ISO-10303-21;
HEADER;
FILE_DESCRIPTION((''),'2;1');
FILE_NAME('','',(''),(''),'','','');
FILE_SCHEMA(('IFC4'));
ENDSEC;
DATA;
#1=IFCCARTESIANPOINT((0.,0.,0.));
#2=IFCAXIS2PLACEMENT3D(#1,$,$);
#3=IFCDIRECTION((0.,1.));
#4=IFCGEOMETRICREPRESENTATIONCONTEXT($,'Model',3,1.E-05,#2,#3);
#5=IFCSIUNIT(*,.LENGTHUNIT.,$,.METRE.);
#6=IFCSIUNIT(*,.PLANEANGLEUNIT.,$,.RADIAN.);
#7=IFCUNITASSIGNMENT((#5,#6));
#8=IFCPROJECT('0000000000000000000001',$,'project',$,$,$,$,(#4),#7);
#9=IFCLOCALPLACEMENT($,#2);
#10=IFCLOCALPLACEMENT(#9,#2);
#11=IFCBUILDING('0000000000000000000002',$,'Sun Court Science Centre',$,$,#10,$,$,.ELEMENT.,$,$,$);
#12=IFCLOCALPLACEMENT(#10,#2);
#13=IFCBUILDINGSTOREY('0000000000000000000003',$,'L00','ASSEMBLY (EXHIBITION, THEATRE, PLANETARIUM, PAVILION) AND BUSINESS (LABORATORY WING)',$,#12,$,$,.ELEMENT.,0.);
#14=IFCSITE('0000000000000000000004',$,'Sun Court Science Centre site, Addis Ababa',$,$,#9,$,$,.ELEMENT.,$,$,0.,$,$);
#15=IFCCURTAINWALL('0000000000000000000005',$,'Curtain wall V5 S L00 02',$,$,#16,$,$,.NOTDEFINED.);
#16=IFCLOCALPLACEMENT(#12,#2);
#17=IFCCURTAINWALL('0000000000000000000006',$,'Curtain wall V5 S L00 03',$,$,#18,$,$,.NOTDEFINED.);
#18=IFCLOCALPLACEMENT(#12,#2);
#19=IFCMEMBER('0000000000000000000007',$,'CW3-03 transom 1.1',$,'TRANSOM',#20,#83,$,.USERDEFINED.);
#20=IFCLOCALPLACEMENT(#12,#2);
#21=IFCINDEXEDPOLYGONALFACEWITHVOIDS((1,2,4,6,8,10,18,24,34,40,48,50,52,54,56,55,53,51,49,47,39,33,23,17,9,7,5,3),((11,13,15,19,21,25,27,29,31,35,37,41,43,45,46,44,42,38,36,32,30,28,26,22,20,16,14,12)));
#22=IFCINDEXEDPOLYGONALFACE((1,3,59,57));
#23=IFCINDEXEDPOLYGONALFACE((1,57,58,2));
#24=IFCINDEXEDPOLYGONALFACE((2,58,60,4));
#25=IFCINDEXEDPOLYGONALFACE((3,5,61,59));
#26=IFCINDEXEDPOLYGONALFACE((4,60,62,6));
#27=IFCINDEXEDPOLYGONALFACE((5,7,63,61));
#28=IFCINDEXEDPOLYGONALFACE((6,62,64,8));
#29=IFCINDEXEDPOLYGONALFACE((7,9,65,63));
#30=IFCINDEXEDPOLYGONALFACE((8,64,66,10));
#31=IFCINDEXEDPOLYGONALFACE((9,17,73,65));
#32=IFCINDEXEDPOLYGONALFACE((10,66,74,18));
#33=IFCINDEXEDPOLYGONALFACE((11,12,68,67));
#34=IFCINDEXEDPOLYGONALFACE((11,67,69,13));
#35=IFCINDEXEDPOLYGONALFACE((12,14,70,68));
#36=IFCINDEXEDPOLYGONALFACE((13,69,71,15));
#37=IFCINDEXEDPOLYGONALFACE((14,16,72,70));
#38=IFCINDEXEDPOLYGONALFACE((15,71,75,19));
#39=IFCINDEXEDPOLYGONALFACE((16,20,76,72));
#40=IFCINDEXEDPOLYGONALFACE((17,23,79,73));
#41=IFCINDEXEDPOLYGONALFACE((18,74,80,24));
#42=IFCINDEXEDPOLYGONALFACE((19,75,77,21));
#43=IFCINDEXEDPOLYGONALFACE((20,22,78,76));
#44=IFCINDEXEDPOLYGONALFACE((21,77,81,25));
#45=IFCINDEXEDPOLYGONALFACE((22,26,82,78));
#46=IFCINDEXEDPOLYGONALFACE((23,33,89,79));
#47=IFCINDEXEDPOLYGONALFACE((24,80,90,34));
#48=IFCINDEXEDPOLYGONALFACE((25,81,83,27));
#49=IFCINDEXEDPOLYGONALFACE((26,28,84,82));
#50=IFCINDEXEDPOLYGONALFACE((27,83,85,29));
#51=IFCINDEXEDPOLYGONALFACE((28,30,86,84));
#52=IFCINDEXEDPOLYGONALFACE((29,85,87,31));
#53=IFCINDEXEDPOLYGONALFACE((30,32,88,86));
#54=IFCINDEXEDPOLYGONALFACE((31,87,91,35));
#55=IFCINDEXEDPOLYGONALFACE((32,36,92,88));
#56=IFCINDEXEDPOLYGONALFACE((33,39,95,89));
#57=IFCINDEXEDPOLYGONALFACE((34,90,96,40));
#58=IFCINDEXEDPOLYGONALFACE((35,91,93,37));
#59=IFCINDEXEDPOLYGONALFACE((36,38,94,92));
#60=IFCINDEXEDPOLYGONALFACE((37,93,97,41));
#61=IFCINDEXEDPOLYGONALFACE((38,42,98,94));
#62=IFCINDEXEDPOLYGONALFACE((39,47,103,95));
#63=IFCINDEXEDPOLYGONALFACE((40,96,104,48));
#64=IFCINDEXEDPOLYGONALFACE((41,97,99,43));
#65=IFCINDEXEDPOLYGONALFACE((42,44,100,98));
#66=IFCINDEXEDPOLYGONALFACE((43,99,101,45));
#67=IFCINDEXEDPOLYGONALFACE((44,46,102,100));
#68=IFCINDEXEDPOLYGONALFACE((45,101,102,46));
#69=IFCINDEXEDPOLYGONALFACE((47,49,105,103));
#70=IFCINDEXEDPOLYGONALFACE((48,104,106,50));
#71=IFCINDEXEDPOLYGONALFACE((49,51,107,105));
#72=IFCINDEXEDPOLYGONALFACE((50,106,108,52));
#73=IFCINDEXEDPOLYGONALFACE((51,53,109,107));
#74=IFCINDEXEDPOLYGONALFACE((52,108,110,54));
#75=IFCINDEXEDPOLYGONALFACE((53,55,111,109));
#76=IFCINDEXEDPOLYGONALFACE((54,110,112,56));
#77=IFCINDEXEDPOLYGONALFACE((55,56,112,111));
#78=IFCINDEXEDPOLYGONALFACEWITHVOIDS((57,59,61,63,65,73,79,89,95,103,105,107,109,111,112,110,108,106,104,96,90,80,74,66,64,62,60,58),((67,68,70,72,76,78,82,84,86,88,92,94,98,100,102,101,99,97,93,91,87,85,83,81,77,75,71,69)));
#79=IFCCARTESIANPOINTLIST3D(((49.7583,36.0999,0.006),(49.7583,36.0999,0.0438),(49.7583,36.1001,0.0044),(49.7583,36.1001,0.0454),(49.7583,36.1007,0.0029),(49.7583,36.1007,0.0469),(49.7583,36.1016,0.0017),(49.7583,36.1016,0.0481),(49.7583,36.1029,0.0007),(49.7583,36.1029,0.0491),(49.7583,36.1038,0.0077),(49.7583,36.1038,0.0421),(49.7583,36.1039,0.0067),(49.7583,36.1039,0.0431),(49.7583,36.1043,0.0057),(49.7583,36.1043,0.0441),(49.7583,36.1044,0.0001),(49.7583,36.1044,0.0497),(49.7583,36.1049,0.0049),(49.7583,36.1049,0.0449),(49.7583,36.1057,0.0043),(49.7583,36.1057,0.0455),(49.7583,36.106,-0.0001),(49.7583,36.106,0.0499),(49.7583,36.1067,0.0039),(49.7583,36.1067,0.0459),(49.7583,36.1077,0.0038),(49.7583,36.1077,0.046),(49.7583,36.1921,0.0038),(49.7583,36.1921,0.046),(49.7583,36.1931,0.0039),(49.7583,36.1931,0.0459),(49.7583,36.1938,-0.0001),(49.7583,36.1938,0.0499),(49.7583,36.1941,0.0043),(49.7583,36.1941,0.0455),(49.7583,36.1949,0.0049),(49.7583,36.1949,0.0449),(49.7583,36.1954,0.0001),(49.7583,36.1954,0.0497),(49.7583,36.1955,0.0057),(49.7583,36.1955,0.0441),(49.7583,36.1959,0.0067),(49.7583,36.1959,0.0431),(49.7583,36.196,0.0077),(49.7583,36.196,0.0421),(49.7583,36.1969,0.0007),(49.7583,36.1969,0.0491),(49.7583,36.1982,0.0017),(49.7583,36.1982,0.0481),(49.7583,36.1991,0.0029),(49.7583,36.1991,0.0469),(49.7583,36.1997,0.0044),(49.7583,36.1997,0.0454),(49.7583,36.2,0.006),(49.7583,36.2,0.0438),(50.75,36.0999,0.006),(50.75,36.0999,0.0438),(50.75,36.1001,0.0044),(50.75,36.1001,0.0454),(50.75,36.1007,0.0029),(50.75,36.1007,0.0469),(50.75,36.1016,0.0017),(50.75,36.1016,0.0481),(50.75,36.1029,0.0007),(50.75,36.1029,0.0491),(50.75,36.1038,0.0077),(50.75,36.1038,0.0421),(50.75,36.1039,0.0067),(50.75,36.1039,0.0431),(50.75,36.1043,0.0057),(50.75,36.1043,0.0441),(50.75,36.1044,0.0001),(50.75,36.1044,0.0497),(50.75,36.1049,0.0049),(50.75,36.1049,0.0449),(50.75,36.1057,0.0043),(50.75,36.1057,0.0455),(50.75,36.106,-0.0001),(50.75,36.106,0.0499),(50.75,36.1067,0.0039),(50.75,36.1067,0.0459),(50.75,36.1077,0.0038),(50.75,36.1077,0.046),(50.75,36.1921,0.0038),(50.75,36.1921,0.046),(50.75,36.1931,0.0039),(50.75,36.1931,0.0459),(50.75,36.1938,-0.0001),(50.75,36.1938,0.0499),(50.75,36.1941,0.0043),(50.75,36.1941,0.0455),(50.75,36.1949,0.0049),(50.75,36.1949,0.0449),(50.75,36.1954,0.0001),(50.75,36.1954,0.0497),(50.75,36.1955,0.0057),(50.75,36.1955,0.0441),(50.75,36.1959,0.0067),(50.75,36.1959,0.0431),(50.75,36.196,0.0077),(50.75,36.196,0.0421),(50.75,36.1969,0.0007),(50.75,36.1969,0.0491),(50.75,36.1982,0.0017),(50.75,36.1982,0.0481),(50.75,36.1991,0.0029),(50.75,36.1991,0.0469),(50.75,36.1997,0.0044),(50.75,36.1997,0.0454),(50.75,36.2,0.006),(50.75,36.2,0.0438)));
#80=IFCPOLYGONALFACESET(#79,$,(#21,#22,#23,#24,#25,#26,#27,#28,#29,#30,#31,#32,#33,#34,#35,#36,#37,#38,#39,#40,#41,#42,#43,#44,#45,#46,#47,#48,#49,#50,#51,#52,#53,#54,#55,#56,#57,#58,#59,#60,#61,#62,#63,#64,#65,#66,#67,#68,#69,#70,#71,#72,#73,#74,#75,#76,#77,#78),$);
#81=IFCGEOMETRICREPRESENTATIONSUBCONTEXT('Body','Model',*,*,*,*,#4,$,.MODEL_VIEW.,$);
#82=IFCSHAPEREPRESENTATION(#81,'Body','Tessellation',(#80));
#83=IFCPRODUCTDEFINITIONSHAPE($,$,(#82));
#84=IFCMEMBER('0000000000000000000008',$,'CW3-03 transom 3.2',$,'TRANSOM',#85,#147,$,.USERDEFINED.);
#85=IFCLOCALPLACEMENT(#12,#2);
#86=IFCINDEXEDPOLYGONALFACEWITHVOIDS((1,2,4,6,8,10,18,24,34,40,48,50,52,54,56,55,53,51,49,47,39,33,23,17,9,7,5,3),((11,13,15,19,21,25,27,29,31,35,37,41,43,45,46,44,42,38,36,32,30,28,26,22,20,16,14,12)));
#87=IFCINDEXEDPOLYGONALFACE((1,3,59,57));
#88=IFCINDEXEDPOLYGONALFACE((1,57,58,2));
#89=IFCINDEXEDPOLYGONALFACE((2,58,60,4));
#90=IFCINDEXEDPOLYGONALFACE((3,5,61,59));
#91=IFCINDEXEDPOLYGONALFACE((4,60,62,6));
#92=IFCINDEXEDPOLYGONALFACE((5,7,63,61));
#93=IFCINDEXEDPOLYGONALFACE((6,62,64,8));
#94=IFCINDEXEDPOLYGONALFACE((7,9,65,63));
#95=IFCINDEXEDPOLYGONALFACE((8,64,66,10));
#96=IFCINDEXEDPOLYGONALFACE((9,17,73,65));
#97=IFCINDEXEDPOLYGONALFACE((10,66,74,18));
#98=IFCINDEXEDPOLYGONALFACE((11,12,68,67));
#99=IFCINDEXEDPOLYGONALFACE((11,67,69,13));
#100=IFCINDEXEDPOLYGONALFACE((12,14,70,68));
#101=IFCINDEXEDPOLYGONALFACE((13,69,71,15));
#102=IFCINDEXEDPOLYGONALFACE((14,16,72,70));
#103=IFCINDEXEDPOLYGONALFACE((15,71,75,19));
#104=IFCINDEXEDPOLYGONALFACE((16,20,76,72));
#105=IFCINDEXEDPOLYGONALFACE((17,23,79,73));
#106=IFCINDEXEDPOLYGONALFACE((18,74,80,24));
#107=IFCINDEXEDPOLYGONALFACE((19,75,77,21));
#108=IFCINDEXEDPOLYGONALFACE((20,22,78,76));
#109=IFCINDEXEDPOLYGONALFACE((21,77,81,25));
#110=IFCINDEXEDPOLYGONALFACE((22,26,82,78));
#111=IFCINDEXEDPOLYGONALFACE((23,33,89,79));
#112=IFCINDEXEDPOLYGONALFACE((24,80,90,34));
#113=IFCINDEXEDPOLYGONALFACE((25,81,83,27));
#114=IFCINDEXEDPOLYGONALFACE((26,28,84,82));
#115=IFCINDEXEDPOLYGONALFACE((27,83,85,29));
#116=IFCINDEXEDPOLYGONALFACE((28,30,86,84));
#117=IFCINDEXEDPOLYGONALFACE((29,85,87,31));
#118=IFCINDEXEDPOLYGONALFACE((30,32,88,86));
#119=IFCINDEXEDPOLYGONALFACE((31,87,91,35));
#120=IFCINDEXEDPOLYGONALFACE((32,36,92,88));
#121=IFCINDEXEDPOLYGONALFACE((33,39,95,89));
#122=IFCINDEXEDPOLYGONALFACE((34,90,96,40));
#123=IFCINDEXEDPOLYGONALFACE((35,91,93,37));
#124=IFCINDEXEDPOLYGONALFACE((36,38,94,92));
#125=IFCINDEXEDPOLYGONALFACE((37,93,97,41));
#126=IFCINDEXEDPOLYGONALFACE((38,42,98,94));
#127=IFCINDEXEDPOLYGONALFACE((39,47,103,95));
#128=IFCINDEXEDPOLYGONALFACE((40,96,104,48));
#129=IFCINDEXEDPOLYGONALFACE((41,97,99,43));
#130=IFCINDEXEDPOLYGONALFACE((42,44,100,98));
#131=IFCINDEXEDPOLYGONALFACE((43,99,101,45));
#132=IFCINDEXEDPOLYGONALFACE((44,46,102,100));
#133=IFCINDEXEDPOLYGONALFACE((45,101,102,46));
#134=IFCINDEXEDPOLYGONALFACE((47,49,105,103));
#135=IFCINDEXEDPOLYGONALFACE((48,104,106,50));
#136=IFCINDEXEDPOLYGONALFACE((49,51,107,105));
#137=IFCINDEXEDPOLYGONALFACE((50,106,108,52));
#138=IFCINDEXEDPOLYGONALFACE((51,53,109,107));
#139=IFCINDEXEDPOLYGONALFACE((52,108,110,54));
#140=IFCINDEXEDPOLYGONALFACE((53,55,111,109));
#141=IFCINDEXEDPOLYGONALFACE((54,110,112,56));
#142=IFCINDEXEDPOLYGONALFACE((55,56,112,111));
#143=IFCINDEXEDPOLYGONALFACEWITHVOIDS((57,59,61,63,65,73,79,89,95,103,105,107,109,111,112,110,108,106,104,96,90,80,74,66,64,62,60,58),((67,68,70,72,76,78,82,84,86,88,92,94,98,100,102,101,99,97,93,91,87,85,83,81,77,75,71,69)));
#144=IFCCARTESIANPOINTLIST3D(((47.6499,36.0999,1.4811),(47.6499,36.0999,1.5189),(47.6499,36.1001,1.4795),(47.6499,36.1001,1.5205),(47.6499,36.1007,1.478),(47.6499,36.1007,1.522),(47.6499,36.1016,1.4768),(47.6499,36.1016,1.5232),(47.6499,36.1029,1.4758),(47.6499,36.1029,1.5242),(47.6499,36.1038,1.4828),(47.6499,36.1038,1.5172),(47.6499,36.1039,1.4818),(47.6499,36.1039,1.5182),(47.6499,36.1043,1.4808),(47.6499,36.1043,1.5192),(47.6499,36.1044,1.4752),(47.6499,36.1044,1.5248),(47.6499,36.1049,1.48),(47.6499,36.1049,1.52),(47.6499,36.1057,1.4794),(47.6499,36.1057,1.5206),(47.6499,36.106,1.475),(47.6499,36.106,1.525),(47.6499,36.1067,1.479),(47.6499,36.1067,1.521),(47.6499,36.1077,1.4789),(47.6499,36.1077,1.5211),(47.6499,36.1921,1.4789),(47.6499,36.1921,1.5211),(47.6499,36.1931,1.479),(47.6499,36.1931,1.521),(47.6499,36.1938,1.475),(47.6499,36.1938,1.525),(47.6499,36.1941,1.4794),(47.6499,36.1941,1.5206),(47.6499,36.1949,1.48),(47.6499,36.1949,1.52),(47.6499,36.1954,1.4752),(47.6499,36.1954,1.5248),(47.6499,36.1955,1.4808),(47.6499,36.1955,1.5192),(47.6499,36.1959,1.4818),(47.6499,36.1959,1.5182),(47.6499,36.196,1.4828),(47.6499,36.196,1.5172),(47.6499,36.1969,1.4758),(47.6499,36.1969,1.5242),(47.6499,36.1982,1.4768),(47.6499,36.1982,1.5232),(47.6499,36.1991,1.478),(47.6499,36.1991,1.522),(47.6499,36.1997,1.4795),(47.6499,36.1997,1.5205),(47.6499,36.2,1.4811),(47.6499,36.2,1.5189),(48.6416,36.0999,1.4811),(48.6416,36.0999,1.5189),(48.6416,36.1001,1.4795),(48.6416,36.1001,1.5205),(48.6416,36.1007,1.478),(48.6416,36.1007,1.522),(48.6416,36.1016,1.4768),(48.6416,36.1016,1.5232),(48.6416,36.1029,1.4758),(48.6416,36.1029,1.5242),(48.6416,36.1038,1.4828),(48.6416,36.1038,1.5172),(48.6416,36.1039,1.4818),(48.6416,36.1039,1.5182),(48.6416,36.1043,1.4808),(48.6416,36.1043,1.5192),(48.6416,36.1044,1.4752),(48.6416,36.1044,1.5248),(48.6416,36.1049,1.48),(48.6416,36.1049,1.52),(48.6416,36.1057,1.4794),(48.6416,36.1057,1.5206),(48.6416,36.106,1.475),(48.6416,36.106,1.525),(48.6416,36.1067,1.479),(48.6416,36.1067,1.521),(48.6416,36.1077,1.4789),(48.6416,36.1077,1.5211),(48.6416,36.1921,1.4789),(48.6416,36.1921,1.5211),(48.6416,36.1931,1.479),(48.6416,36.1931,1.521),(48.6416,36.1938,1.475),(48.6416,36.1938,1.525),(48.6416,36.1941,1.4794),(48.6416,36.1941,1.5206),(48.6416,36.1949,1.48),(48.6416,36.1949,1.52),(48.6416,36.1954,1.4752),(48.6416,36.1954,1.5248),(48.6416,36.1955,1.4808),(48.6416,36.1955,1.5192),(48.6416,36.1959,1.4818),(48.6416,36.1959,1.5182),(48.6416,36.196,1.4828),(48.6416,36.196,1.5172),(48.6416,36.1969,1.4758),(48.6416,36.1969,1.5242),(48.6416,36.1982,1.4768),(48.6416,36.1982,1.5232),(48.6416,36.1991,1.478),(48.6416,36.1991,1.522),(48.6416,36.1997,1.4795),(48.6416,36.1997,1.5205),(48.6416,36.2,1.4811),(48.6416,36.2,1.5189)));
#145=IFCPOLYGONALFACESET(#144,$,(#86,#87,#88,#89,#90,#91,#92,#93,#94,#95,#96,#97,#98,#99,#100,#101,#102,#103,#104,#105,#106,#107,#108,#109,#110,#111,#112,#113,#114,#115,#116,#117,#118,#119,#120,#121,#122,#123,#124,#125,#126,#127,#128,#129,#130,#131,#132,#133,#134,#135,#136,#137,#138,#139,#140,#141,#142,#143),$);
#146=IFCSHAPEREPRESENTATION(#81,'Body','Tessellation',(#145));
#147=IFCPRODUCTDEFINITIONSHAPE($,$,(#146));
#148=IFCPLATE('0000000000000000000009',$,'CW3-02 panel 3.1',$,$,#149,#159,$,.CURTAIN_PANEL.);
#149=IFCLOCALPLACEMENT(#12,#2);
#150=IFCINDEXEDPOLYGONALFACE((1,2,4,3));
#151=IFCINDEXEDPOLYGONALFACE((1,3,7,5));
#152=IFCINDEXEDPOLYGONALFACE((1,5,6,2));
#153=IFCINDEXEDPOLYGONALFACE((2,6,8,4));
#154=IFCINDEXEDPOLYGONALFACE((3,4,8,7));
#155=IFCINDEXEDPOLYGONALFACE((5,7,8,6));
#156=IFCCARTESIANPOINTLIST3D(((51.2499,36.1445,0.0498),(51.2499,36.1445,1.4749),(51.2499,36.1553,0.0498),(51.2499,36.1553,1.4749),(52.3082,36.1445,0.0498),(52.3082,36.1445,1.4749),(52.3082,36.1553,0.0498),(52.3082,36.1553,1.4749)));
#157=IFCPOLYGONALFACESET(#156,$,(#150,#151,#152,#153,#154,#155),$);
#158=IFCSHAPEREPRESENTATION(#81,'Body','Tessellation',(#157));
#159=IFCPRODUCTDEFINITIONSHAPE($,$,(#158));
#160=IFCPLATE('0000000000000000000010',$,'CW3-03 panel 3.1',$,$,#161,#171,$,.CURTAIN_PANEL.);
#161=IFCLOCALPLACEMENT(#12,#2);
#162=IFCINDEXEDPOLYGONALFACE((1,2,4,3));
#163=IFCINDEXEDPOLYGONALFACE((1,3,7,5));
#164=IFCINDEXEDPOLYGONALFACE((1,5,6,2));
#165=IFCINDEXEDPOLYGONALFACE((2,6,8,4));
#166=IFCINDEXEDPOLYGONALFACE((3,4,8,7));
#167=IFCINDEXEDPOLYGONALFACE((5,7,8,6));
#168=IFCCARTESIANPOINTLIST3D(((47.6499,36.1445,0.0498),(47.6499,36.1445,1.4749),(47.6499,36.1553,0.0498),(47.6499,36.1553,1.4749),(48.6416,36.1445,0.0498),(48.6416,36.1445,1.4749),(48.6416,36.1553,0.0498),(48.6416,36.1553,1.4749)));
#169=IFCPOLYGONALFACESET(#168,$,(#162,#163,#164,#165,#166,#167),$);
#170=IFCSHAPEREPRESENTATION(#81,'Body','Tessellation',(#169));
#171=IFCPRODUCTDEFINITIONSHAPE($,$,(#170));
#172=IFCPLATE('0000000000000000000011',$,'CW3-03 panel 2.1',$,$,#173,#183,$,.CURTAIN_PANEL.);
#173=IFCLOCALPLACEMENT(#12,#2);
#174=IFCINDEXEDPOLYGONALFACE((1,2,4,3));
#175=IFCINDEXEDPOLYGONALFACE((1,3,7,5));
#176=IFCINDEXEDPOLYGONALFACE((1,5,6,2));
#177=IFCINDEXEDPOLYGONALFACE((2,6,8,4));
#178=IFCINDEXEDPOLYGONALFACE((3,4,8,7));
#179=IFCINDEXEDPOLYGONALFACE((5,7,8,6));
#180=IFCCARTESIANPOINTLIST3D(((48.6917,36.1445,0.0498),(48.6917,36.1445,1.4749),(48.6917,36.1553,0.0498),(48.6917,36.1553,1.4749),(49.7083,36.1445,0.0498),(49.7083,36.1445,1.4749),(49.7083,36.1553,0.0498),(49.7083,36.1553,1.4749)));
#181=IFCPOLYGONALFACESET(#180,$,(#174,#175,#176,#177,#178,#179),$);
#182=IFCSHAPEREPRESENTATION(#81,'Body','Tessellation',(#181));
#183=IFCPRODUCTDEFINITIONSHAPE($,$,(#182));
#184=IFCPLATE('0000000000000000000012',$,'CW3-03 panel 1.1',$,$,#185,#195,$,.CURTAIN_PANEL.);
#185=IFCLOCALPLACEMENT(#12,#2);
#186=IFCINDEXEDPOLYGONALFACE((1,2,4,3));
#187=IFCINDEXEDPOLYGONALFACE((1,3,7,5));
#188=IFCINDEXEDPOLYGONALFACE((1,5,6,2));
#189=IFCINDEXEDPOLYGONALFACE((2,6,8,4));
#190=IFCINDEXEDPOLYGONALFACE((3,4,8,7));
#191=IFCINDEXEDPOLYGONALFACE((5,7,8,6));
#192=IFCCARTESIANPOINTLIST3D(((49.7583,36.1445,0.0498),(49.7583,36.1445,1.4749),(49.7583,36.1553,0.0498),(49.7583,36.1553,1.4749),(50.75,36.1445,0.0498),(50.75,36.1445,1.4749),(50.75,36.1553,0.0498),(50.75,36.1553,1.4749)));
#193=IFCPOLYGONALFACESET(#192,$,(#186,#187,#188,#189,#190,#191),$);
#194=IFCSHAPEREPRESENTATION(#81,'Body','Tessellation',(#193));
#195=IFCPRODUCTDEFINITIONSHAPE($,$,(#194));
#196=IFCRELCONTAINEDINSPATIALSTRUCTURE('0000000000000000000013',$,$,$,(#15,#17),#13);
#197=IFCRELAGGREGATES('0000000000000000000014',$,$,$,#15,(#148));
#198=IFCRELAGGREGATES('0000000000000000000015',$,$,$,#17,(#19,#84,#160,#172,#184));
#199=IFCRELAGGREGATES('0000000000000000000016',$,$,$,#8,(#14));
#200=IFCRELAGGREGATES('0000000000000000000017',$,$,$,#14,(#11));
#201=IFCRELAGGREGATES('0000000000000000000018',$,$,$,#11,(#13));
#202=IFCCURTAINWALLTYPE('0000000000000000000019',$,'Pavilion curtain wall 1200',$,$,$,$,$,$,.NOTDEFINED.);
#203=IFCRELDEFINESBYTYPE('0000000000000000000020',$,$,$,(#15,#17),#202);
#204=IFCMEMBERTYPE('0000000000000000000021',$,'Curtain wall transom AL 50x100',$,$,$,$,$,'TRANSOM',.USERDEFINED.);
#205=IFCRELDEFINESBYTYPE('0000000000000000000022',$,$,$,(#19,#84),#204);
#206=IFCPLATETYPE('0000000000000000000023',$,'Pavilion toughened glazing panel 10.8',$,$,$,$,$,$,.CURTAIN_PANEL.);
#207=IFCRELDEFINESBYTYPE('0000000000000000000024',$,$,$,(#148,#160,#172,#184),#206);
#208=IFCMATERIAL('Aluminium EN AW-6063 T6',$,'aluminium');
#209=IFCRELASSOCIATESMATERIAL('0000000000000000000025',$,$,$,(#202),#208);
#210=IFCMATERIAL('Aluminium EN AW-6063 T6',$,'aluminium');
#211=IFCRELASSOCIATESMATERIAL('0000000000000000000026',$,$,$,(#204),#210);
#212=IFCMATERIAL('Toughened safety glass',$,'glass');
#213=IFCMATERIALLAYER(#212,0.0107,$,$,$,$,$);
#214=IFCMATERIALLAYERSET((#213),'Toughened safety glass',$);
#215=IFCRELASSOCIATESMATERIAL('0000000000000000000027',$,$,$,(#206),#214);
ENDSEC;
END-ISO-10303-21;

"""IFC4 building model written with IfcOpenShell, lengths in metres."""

from ifc_helpers import new_model, si_unit, direction, frame, origin, origin_2d, place, context, subcontext, project, spatial, rectangle, hollow_rectangle, extrude, material, layer, layer_set, material_profile, profile_set, type_object, element, aggregate, save


model = new_model("IFC4")

# Units and contexts
model_context = context("Model", 3, precision=1e-05, world=origin(), true_north=direction((0.0, 1.0)))
body_context = subcontext(model_context, "Body", "Model", "MODEL_VIEW")
ifc_project = project(units=[si_unit("LENGTHUNIT", "METRE"), si_unit("PLANEANGLEUNIT", "RADIAN")], contexts=[model_context])

# Site, building, storey
site_placement = place(None, origin())
site = spatial("IfcSite", under=ifc_project, at=site_placement, Name="Sun Court Science Centre site, Addis Ababa", CompositionType="ELEMENT", RefElevation=0.0)
building_placement = place(site_placement, origin())
building = spatial("IfcBuilding", under=site, at=building_placement, Name="Sun Court Science Centre", CompositionType="ELEMENT")
storey_placement = place(building_placement, origin())
storey = spatial("IfcBuildingStorey", under=building, at=storey_placement, Name="L00", Description="ASSEMBLY (EXHIBITION, THEATRE, PLANETARIUM, PAVILION) AND BUSINESS (LABORATORY WING)", CompositionType="ELEMENT", Elevation=0.0)

# Curtain wall
ifc_material_1 = material(Name="Aluminium EN AW-6063 T6", Category="aluminium")
curtain_wall_type = type_object("IfcCurtainWallType", Name="Pavilion curtain wall 1200", PredefinedType="NOTDEFINED", material=ifc_material_1)
curtain_wall_1_placement = place(storey_placement, origin())
curtain_wall_1 = element("IfcCurtainWall", 1, at=curtain_wall_1_placement, inside=storey, type_object=curtain_wall_type, Name="Curtain wall V5 S L00 02", PredefinedType="NOTDEFINED")

# Curtain wall
curtain_wall_2_placement = place(storey_placement, origin())
curtain_wall_2 = element("IfcCurtainWall", 2, at=curtain_wall_2_placement, inside=storey, type_object=curtain_wall_type, Name="Curtain wall V5 S L00 03", PredefinedType="NOTDEFINED")

# Members
ifc_material_2 = material(Name="Aluminium EN AW-6063 T6", Category="aluminium")
ifc_material_profile_1 = material_profile(ifc_material_2, hollow_rectangle(XDim=0.05, YDim=0.1001, WallThickness=0.0039, InnerFilletRadius=0.0039, OuterFilletRadius=0.0061, at=origin_2d()), Name="AL 50x100x4")
ifc_profile_set_1 = profile_set([ifc_material_profile_1], Name="Aluminium EN AW-6063 T6")
member_type_1 = type_object("IfcMemberType", Name="Curtain wall transom AL 50x100", ElementType="TRANSOM", PredefinedType="USERDEFINED", material=ifc_profile_set_1)
member_1_placement = place(storey_placement, frame((50.75, 36.1499, 0.0249), z_axis=(-1.0, 0.0, 0.0), x_axis=(0.0, 0.0, 1.0)))
member_1 = element("IfcMember", 3, at=member_1_placement, type_object=member_type_1, Name="CW3-03 transom 1.1", ObjectType="TRANSOM", PredefinedType="USERDEFINED", context=body_context, shape_type="SweptSolid", body=[
    extrude(hollow_rectangle(XDim=0.05, YDim=0.1001, WallThickness=0.0039, InnerFilletRadius=0.0039, OuterFilletRadius=0.0061, at=origin_2d()), origin(), (0.0, 0.0, 1.0), 0.9917),
])
member_2_placement = place(storey_placement, frame((48.6416, 36.1499, 1.5), z_axis=(-1.0, 0.0, 0.0), x_axis=(0.0, 0.0, 1.0)))
member_2 = element("IfcMember", 4, at=member_2_placement, type_object=member_type_1, Name="CW3-03 transom 3.2", ObjectType="TRANSOM", PredefinedType="USERDEFINED", context=body_context, shape_type="SweptSolid", body=[
    extrude(hollow_rectangle(XDim=0.05, YDim=0.1001, WallThickness=0.0039, InnerFilletRadius=0.0039, OuterFilletRadius=0.0061, at=origin_2d()), origin(), (0.0, 0.0, 1.0), 0.9917),
])

# Plates
ifc_material_3 = material(Name="Toughened safety glass", Category="glass")
ifc_layer_1 = layer(ifc_material_3, 0.0107)
ifc_layer_set_1 = layer_set([ifc_layer_1], Name="Toughened safety glass")
plate_type = type_object("IfcPlateType", Name="Pavilion toughened glazing panel 10.8", PredefinedType="CURTAIN_PANEL", material=ifc_layer_set_1)
plate_1_placement = place(storey_placement, frame((51.7791, 36.1499, 0.0498), z_axis=(0.0, 0.0, 1.0), x_axis=(-1.0, 0.0, 0.0)))
plate_1 = element("IfcPlate", 5, at=plate_1_placement, type_object=plate_type, Name="CW3-02 panel 3.1", PredefinedType="CURTAIN_PANEL", context=body_context, shape_type="SweptSolid", body=[
    extrude(rectangle(XDim=1.0583, YDim=0.0107, at=origin_2d()), origin(), (0.0, 0.0, 1.0), 1.425),
])
aggregate(curtain_wall_1, [plate_1])
plate_2_placement = place(storey_placement, frame((48.1458, 36.1499, 0.0498), z_axis=(0.0, 0.0, 1.0), x_axis=(-1.0, 0.0, 0.0)))
plate_2 = element("IfcPlate", 6, at=plate_2_placement, type_object=plate_type, Name="CW3-03 panel 3.1", PredefinedType="CURTAIN_PANEL", context=body_context, shape_type="SweptSolid", body=[
    extrude(rectangle(XDim=0.9917, YDim=0.0107, at=origin_2d()), origin(), (0.0, 0.0, 1.0), 1.425),
])
plate_3_placement = place(storey_placement, frame((49.2, 36.1499, 0.0498), z_axis=(0.0, 0.0, 1.0), x_axis=(-1.0, 0.0, 0.0)))
plate_3 = element("IfcPlate", 7, at=plate_3_placement, type_object=plate_type, Name="CW3-03 panel 2.1", PredefinedType="CURTAIN_PANEL", context=body_context, shape_type="SweptSolid", body=[
    extrude(rectangle(XDim=1.0166, YDim=0.0107, at=origin_2d()), origin(), (0.0, 0.0, 1.0), 1.425),
])
plate_4_placement = place(storey_placement, frame((50.2542, 36.1499, 0.0498), z_axis=(0.0, 0.0, 1.0), x_axis=(-1.0, 0.0, 0.0)))
plate_4 = element("IfcPlate", 8, at=plate_4_placement, type_object=plate_type, Name="CW3-03 panel 1.1", PredefinedType="CURTAIN_PANEL", context=body_context, shape_type="SweptSolid", body=[
    extrude(rectangle(XDim=0.9917, YDim=0.0107, at=origin_2d()), origin(), (0.0, 0.0, 1.0), 1.425),
])
aggregate(curtain_wall_2, [member_1, member_2, plate_2, plate_3, plate_4])

save(model, "model.ifc")
